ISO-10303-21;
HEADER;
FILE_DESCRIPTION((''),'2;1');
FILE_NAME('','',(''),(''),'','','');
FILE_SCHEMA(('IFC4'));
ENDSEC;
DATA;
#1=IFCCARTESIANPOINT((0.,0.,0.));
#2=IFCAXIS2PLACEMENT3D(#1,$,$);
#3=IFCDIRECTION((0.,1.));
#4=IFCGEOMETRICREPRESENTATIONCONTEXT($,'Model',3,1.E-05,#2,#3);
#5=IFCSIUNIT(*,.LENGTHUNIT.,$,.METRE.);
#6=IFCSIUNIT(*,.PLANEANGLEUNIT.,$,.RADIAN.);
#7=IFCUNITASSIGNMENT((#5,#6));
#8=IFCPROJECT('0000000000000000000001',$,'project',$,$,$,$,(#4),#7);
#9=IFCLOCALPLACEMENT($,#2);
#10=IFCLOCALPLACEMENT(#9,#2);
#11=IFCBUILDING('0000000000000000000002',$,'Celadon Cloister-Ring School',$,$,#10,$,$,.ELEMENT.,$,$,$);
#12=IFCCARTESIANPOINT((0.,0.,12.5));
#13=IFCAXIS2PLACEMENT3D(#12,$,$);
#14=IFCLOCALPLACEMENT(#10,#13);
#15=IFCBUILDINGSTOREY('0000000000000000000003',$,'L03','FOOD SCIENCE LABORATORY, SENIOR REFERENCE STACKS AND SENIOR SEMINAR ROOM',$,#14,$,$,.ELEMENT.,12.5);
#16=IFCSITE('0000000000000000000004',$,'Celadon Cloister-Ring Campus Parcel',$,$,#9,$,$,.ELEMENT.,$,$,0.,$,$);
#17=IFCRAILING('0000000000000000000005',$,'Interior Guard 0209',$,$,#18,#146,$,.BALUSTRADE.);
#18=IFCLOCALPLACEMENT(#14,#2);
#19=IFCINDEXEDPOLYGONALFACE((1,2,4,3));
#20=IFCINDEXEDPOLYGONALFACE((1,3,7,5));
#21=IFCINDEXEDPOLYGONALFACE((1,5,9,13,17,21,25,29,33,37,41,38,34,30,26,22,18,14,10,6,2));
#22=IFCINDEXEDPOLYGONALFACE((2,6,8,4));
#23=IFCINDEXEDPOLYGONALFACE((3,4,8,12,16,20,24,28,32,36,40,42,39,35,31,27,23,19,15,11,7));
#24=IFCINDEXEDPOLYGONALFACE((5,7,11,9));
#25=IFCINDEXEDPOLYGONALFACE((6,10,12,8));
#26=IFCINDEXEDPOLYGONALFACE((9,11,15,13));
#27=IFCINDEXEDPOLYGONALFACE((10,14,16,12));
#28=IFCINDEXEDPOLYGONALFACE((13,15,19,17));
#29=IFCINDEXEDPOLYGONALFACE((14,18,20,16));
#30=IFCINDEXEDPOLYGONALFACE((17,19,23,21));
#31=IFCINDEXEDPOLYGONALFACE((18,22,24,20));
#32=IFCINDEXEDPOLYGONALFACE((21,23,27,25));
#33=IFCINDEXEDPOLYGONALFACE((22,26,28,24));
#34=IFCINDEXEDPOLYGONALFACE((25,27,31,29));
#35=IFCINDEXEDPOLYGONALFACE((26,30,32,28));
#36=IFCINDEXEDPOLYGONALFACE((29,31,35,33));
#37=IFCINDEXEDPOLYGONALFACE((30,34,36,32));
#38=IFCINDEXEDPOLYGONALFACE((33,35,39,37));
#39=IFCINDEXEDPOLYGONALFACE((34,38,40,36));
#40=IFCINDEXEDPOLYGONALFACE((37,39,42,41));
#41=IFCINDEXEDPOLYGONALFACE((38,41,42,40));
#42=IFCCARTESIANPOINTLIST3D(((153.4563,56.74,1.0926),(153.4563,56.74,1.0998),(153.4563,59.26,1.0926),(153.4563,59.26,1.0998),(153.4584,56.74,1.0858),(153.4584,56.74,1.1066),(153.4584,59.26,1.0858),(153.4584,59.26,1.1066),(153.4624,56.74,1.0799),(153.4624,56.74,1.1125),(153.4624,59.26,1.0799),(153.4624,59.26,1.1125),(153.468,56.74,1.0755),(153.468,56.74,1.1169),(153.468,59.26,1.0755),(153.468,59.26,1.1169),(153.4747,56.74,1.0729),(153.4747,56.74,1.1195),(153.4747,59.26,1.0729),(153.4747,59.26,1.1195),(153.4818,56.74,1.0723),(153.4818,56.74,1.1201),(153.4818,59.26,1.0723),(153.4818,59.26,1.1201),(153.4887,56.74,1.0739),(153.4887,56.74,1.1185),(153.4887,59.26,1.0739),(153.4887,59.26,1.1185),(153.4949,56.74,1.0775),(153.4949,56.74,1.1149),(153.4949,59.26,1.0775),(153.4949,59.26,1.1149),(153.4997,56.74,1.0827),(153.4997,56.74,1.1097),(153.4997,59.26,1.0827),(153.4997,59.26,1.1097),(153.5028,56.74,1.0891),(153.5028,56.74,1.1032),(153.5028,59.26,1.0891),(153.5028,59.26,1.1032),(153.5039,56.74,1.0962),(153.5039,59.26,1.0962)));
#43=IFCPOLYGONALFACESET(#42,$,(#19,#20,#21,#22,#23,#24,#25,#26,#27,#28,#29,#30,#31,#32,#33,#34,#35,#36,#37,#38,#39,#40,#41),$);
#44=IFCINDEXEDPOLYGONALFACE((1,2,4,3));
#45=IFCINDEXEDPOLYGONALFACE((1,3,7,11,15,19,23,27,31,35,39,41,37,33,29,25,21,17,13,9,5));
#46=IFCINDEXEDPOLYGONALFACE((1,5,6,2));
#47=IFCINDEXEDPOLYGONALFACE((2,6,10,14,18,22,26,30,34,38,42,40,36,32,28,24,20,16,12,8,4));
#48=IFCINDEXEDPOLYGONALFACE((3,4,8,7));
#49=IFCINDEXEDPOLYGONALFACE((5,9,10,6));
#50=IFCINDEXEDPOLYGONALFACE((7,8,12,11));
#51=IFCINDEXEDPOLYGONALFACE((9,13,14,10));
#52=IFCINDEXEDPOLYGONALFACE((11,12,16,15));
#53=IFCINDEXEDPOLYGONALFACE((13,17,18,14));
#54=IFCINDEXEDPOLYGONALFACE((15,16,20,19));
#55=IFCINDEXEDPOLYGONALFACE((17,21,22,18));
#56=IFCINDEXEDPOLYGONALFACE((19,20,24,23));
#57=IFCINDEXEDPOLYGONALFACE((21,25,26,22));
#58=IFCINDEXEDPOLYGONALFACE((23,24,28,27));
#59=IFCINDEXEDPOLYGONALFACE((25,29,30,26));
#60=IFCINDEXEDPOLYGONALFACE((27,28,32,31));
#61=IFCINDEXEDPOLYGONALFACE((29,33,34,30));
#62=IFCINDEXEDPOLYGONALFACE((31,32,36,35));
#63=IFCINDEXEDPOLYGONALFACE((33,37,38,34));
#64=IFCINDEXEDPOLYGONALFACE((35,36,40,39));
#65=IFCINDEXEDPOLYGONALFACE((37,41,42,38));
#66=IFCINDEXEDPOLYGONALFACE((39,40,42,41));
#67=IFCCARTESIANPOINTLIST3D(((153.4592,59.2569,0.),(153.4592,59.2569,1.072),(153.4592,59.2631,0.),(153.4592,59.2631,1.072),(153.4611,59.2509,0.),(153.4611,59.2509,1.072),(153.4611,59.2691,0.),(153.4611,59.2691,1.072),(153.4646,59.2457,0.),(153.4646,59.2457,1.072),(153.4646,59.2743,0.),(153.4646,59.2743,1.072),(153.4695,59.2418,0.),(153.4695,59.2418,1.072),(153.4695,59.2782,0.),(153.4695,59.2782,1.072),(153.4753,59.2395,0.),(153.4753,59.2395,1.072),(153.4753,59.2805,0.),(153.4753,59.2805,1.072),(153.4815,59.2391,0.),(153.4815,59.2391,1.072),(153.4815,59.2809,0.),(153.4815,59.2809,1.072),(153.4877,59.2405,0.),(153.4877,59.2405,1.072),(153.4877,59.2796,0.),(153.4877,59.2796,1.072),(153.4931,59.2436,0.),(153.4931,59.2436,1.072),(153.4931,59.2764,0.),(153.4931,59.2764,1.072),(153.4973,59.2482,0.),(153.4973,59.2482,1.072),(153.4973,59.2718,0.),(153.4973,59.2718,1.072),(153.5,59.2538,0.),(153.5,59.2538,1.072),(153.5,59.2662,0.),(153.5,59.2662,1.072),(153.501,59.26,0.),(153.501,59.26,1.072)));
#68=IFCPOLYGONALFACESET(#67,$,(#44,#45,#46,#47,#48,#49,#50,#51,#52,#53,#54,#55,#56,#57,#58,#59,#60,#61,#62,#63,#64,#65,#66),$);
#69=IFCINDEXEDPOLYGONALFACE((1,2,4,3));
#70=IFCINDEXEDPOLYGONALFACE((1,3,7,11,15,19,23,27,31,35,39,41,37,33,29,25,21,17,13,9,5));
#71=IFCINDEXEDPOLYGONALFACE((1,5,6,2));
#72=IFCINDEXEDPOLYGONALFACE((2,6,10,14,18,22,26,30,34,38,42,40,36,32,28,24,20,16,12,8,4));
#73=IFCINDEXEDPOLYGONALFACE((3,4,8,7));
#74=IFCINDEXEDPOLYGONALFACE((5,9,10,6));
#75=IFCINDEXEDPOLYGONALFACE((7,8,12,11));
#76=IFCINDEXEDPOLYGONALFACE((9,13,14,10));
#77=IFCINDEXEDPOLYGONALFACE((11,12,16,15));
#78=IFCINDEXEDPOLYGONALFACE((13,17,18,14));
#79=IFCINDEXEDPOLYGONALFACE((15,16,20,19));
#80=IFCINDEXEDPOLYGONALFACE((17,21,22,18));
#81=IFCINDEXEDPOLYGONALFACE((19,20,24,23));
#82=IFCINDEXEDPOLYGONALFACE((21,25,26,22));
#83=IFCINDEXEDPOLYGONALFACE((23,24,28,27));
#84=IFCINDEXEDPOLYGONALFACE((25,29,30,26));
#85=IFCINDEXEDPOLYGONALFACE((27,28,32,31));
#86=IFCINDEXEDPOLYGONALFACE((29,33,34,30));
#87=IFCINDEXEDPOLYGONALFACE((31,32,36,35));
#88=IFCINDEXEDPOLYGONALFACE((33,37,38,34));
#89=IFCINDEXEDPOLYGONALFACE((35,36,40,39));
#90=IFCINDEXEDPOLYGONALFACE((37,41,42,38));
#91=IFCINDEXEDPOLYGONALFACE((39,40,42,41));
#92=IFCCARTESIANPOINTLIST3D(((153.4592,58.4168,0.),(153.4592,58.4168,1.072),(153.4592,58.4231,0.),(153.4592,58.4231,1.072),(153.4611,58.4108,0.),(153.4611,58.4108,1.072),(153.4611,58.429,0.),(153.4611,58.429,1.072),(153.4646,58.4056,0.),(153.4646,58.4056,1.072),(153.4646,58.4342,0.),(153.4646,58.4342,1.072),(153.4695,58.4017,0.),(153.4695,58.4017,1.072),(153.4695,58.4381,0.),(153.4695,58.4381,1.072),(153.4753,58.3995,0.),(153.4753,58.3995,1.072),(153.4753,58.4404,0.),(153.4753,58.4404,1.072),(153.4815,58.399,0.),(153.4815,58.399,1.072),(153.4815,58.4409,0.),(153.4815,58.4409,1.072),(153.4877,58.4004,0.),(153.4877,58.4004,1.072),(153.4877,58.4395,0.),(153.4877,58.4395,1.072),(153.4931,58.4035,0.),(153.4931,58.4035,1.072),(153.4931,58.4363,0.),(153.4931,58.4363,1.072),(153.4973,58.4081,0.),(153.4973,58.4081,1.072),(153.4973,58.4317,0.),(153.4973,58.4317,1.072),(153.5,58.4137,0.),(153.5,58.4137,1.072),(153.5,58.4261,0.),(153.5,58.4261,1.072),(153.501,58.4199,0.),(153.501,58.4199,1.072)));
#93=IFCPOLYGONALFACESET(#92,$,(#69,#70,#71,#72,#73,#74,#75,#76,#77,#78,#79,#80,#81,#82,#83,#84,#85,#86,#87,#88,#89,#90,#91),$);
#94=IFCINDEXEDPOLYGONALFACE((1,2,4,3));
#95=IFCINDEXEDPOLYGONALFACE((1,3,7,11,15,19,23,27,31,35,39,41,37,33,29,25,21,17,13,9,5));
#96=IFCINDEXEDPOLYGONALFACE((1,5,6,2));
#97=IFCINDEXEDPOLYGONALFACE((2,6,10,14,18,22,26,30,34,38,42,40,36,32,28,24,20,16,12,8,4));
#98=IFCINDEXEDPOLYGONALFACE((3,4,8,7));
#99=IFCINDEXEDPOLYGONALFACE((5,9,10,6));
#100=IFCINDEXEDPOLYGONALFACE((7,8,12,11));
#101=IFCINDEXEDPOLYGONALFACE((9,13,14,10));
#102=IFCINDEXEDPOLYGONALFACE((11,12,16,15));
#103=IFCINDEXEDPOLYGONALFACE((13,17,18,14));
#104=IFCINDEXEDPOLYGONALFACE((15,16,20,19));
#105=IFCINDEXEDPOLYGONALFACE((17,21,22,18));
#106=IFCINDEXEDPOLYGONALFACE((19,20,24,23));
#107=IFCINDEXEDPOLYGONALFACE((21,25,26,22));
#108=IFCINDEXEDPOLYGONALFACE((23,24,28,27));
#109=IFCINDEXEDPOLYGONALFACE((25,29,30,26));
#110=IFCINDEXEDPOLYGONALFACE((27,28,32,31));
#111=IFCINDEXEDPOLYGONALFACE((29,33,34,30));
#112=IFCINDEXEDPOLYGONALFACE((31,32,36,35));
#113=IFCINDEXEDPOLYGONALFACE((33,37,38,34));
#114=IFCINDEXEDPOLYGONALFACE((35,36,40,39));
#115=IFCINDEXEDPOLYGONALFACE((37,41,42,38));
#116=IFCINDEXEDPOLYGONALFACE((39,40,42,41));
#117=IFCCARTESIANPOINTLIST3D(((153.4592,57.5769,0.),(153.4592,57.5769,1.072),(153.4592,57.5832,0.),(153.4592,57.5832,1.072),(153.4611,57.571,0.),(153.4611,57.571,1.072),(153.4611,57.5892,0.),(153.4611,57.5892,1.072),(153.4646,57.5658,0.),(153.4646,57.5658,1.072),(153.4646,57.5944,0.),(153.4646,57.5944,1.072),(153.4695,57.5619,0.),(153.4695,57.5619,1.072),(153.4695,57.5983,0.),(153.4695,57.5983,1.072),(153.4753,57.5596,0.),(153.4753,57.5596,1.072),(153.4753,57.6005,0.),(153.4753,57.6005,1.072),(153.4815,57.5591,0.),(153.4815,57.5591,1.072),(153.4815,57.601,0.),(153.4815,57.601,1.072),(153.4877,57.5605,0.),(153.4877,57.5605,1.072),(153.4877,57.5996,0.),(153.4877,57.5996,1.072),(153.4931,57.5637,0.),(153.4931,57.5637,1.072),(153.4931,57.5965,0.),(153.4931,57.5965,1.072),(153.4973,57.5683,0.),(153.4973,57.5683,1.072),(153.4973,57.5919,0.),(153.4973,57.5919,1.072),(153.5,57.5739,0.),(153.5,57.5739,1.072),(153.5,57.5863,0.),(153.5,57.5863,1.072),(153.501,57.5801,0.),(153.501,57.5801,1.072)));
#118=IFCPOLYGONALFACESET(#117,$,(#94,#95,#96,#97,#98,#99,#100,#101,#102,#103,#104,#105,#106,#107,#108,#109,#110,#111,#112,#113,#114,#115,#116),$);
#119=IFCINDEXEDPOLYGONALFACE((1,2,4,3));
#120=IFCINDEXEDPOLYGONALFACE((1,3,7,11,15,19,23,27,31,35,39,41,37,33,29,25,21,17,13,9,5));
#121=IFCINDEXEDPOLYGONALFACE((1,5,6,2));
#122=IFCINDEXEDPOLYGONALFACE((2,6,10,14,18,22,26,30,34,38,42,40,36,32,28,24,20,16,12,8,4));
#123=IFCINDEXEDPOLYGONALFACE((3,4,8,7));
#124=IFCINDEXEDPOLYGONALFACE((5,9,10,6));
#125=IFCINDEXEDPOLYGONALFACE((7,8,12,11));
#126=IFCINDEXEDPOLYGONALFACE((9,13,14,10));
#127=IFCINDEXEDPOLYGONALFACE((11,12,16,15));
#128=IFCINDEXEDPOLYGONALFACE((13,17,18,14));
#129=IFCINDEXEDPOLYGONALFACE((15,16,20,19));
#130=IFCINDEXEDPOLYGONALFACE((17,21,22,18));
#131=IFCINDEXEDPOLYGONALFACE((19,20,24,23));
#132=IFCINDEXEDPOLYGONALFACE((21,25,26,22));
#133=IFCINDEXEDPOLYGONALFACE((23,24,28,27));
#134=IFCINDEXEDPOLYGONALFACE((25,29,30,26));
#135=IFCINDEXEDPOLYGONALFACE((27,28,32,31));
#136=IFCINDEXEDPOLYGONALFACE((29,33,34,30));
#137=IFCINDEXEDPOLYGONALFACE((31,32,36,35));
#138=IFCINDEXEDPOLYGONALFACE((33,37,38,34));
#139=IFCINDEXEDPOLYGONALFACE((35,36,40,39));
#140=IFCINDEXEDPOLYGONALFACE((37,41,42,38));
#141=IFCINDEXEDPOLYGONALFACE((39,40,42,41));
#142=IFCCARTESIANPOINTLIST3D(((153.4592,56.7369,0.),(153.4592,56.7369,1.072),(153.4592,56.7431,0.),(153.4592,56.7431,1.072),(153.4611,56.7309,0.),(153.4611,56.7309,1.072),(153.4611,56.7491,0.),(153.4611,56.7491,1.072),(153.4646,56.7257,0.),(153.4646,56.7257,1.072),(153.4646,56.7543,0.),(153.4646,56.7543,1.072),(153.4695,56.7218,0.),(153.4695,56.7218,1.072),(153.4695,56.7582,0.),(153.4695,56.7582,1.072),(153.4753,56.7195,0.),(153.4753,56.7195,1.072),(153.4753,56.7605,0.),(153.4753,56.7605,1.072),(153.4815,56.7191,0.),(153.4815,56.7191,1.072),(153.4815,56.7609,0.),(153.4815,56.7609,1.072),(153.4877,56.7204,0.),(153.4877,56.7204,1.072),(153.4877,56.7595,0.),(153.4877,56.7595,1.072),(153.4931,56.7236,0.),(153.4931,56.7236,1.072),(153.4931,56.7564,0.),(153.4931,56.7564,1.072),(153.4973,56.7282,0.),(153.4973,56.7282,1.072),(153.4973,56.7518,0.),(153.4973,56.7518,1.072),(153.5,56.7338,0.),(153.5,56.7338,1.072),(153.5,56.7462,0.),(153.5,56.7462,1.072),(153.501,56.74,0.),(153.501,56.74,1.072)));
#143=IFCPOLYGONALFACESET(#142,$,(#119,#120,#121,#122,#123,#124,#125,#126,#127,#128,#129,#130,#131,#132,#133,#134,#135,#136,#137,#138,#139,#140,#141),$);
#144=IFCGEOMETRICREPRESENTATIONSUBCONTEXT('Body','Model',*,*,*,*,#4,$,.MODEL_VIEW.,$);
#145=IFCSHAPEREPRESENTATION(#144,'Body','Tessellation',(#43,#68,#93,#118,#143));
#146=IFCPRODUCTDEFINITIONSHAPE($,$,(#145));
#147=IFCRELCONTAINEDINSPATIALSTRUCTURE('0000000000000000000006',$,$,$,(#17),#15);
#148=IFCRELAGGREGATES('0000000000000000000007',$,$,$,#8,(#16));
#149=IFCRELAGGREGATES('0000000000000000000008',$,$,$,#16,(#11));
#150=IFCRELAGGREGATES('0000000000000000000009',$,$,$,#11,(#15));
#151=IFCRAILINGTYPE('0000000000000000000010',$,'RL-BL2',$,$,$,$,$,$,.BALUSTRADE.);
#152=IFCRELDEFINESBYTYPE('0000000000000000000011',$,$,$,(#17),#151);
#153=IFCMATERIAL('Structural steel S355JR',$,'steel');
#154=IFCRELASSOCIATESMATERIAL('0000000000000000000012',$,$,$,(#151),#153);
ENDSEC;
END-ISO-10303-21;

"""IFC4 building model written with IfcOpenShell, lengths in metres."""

from ifc_helpers import new_model, si_unit, direction, frame, origin, origin_2d, place, context, subcontext, project, spatial, circle, extrude, material, type_object, element, save


model = new_model("IFC4")

# Units and contexts
model_context = context("Model", 3, precision=1e-05, world=origin(), true_north=direction((0.0, 1.0)))
body_context = subcontext(model_context, "Body", "Model", "MODEL_VIEW")
ifc_project = project(units=[si_unit("LENGTHUNIT", "METRE"), si_unit("PLANEANGLEUNIT", "RADIAN")], contexts=[model_context])

# Site, building, storey
site_placement = place(None, origin())
site = spatial("IfcSite", under=ifc_project, at=site_placement, Name="Celadon Cloister-Ring Campus Parcel", CompositionType="ELEMENT", RefElevation=0.0)
building_placement = place(site_placement, origin())
building = spatial("IfcBuilding", under=site, at=building_placement, Name="Celadon Cloister-Ring School", CompositionType="ELEMENT")
storey_placement = place(building_placement, frame((0.0, 0.0, 12.5)))
storey = spatial("IfcBuildingStorey", under=building, at=storey_placement, Name="L03", Description="FOOD SCIENCE LABORATORY, SENIOR REFERENCE STACKS AND SENIOR SEMINAR ROOM", CompositionType="ELEMENT", Elevation=12.5)

# Railing
ifc_material_1 = material(Name="Structural steel S355JR", Category="steel")
railing_type_1 = type_object("IfcRailingType", Name="RL-BL2", PredefinedType="BALUSTRADE", material=ifc_material_1)
railing_1_placement = place(storey_placement, frame((153.48, 59.26, 0.0)))
element("IfcRailing", 1, at=railing_1_placement, inside=storey, type_object=railing_type_1, Name="Interior Guard 0209", PredefinedType="BALUSTRADE", context=body_context, shape_type="SweptSolid", body=[
    extrude(circle(Radius=0.0239, at=origin_2d()), frame((0.0, 0.0, 1.0962), z_axis=(0.0, -1.0, 0.0), x_axis=(1.0, 0.0, 0.0)), (0.0, 0.0, 1.0), 2.52),
    extrude(circle(Radius=0.021, at=origin_2d()), origin(), (0.0, 0.0, 1.0), 1.072),
    extrude(circle(Radius=0.021, at=origin_2d()), frame((0.0, -0.8401, 0.0)), (0.0, 0.0, 1.0), 1.072),
    extrude(circle(Radius=0.021, at=origin_2d()), frame((0.0, -1.6799, 0.0)), (0.0, 0.0, 1.0), 1.072),
    extrude(circle(Radius=0.021, at=origin_2d()), frame((0.0, -2.52, 0.0)), (0.0, 0.0, 1.0), 1.072),
])

save(model, "model.ifc")
